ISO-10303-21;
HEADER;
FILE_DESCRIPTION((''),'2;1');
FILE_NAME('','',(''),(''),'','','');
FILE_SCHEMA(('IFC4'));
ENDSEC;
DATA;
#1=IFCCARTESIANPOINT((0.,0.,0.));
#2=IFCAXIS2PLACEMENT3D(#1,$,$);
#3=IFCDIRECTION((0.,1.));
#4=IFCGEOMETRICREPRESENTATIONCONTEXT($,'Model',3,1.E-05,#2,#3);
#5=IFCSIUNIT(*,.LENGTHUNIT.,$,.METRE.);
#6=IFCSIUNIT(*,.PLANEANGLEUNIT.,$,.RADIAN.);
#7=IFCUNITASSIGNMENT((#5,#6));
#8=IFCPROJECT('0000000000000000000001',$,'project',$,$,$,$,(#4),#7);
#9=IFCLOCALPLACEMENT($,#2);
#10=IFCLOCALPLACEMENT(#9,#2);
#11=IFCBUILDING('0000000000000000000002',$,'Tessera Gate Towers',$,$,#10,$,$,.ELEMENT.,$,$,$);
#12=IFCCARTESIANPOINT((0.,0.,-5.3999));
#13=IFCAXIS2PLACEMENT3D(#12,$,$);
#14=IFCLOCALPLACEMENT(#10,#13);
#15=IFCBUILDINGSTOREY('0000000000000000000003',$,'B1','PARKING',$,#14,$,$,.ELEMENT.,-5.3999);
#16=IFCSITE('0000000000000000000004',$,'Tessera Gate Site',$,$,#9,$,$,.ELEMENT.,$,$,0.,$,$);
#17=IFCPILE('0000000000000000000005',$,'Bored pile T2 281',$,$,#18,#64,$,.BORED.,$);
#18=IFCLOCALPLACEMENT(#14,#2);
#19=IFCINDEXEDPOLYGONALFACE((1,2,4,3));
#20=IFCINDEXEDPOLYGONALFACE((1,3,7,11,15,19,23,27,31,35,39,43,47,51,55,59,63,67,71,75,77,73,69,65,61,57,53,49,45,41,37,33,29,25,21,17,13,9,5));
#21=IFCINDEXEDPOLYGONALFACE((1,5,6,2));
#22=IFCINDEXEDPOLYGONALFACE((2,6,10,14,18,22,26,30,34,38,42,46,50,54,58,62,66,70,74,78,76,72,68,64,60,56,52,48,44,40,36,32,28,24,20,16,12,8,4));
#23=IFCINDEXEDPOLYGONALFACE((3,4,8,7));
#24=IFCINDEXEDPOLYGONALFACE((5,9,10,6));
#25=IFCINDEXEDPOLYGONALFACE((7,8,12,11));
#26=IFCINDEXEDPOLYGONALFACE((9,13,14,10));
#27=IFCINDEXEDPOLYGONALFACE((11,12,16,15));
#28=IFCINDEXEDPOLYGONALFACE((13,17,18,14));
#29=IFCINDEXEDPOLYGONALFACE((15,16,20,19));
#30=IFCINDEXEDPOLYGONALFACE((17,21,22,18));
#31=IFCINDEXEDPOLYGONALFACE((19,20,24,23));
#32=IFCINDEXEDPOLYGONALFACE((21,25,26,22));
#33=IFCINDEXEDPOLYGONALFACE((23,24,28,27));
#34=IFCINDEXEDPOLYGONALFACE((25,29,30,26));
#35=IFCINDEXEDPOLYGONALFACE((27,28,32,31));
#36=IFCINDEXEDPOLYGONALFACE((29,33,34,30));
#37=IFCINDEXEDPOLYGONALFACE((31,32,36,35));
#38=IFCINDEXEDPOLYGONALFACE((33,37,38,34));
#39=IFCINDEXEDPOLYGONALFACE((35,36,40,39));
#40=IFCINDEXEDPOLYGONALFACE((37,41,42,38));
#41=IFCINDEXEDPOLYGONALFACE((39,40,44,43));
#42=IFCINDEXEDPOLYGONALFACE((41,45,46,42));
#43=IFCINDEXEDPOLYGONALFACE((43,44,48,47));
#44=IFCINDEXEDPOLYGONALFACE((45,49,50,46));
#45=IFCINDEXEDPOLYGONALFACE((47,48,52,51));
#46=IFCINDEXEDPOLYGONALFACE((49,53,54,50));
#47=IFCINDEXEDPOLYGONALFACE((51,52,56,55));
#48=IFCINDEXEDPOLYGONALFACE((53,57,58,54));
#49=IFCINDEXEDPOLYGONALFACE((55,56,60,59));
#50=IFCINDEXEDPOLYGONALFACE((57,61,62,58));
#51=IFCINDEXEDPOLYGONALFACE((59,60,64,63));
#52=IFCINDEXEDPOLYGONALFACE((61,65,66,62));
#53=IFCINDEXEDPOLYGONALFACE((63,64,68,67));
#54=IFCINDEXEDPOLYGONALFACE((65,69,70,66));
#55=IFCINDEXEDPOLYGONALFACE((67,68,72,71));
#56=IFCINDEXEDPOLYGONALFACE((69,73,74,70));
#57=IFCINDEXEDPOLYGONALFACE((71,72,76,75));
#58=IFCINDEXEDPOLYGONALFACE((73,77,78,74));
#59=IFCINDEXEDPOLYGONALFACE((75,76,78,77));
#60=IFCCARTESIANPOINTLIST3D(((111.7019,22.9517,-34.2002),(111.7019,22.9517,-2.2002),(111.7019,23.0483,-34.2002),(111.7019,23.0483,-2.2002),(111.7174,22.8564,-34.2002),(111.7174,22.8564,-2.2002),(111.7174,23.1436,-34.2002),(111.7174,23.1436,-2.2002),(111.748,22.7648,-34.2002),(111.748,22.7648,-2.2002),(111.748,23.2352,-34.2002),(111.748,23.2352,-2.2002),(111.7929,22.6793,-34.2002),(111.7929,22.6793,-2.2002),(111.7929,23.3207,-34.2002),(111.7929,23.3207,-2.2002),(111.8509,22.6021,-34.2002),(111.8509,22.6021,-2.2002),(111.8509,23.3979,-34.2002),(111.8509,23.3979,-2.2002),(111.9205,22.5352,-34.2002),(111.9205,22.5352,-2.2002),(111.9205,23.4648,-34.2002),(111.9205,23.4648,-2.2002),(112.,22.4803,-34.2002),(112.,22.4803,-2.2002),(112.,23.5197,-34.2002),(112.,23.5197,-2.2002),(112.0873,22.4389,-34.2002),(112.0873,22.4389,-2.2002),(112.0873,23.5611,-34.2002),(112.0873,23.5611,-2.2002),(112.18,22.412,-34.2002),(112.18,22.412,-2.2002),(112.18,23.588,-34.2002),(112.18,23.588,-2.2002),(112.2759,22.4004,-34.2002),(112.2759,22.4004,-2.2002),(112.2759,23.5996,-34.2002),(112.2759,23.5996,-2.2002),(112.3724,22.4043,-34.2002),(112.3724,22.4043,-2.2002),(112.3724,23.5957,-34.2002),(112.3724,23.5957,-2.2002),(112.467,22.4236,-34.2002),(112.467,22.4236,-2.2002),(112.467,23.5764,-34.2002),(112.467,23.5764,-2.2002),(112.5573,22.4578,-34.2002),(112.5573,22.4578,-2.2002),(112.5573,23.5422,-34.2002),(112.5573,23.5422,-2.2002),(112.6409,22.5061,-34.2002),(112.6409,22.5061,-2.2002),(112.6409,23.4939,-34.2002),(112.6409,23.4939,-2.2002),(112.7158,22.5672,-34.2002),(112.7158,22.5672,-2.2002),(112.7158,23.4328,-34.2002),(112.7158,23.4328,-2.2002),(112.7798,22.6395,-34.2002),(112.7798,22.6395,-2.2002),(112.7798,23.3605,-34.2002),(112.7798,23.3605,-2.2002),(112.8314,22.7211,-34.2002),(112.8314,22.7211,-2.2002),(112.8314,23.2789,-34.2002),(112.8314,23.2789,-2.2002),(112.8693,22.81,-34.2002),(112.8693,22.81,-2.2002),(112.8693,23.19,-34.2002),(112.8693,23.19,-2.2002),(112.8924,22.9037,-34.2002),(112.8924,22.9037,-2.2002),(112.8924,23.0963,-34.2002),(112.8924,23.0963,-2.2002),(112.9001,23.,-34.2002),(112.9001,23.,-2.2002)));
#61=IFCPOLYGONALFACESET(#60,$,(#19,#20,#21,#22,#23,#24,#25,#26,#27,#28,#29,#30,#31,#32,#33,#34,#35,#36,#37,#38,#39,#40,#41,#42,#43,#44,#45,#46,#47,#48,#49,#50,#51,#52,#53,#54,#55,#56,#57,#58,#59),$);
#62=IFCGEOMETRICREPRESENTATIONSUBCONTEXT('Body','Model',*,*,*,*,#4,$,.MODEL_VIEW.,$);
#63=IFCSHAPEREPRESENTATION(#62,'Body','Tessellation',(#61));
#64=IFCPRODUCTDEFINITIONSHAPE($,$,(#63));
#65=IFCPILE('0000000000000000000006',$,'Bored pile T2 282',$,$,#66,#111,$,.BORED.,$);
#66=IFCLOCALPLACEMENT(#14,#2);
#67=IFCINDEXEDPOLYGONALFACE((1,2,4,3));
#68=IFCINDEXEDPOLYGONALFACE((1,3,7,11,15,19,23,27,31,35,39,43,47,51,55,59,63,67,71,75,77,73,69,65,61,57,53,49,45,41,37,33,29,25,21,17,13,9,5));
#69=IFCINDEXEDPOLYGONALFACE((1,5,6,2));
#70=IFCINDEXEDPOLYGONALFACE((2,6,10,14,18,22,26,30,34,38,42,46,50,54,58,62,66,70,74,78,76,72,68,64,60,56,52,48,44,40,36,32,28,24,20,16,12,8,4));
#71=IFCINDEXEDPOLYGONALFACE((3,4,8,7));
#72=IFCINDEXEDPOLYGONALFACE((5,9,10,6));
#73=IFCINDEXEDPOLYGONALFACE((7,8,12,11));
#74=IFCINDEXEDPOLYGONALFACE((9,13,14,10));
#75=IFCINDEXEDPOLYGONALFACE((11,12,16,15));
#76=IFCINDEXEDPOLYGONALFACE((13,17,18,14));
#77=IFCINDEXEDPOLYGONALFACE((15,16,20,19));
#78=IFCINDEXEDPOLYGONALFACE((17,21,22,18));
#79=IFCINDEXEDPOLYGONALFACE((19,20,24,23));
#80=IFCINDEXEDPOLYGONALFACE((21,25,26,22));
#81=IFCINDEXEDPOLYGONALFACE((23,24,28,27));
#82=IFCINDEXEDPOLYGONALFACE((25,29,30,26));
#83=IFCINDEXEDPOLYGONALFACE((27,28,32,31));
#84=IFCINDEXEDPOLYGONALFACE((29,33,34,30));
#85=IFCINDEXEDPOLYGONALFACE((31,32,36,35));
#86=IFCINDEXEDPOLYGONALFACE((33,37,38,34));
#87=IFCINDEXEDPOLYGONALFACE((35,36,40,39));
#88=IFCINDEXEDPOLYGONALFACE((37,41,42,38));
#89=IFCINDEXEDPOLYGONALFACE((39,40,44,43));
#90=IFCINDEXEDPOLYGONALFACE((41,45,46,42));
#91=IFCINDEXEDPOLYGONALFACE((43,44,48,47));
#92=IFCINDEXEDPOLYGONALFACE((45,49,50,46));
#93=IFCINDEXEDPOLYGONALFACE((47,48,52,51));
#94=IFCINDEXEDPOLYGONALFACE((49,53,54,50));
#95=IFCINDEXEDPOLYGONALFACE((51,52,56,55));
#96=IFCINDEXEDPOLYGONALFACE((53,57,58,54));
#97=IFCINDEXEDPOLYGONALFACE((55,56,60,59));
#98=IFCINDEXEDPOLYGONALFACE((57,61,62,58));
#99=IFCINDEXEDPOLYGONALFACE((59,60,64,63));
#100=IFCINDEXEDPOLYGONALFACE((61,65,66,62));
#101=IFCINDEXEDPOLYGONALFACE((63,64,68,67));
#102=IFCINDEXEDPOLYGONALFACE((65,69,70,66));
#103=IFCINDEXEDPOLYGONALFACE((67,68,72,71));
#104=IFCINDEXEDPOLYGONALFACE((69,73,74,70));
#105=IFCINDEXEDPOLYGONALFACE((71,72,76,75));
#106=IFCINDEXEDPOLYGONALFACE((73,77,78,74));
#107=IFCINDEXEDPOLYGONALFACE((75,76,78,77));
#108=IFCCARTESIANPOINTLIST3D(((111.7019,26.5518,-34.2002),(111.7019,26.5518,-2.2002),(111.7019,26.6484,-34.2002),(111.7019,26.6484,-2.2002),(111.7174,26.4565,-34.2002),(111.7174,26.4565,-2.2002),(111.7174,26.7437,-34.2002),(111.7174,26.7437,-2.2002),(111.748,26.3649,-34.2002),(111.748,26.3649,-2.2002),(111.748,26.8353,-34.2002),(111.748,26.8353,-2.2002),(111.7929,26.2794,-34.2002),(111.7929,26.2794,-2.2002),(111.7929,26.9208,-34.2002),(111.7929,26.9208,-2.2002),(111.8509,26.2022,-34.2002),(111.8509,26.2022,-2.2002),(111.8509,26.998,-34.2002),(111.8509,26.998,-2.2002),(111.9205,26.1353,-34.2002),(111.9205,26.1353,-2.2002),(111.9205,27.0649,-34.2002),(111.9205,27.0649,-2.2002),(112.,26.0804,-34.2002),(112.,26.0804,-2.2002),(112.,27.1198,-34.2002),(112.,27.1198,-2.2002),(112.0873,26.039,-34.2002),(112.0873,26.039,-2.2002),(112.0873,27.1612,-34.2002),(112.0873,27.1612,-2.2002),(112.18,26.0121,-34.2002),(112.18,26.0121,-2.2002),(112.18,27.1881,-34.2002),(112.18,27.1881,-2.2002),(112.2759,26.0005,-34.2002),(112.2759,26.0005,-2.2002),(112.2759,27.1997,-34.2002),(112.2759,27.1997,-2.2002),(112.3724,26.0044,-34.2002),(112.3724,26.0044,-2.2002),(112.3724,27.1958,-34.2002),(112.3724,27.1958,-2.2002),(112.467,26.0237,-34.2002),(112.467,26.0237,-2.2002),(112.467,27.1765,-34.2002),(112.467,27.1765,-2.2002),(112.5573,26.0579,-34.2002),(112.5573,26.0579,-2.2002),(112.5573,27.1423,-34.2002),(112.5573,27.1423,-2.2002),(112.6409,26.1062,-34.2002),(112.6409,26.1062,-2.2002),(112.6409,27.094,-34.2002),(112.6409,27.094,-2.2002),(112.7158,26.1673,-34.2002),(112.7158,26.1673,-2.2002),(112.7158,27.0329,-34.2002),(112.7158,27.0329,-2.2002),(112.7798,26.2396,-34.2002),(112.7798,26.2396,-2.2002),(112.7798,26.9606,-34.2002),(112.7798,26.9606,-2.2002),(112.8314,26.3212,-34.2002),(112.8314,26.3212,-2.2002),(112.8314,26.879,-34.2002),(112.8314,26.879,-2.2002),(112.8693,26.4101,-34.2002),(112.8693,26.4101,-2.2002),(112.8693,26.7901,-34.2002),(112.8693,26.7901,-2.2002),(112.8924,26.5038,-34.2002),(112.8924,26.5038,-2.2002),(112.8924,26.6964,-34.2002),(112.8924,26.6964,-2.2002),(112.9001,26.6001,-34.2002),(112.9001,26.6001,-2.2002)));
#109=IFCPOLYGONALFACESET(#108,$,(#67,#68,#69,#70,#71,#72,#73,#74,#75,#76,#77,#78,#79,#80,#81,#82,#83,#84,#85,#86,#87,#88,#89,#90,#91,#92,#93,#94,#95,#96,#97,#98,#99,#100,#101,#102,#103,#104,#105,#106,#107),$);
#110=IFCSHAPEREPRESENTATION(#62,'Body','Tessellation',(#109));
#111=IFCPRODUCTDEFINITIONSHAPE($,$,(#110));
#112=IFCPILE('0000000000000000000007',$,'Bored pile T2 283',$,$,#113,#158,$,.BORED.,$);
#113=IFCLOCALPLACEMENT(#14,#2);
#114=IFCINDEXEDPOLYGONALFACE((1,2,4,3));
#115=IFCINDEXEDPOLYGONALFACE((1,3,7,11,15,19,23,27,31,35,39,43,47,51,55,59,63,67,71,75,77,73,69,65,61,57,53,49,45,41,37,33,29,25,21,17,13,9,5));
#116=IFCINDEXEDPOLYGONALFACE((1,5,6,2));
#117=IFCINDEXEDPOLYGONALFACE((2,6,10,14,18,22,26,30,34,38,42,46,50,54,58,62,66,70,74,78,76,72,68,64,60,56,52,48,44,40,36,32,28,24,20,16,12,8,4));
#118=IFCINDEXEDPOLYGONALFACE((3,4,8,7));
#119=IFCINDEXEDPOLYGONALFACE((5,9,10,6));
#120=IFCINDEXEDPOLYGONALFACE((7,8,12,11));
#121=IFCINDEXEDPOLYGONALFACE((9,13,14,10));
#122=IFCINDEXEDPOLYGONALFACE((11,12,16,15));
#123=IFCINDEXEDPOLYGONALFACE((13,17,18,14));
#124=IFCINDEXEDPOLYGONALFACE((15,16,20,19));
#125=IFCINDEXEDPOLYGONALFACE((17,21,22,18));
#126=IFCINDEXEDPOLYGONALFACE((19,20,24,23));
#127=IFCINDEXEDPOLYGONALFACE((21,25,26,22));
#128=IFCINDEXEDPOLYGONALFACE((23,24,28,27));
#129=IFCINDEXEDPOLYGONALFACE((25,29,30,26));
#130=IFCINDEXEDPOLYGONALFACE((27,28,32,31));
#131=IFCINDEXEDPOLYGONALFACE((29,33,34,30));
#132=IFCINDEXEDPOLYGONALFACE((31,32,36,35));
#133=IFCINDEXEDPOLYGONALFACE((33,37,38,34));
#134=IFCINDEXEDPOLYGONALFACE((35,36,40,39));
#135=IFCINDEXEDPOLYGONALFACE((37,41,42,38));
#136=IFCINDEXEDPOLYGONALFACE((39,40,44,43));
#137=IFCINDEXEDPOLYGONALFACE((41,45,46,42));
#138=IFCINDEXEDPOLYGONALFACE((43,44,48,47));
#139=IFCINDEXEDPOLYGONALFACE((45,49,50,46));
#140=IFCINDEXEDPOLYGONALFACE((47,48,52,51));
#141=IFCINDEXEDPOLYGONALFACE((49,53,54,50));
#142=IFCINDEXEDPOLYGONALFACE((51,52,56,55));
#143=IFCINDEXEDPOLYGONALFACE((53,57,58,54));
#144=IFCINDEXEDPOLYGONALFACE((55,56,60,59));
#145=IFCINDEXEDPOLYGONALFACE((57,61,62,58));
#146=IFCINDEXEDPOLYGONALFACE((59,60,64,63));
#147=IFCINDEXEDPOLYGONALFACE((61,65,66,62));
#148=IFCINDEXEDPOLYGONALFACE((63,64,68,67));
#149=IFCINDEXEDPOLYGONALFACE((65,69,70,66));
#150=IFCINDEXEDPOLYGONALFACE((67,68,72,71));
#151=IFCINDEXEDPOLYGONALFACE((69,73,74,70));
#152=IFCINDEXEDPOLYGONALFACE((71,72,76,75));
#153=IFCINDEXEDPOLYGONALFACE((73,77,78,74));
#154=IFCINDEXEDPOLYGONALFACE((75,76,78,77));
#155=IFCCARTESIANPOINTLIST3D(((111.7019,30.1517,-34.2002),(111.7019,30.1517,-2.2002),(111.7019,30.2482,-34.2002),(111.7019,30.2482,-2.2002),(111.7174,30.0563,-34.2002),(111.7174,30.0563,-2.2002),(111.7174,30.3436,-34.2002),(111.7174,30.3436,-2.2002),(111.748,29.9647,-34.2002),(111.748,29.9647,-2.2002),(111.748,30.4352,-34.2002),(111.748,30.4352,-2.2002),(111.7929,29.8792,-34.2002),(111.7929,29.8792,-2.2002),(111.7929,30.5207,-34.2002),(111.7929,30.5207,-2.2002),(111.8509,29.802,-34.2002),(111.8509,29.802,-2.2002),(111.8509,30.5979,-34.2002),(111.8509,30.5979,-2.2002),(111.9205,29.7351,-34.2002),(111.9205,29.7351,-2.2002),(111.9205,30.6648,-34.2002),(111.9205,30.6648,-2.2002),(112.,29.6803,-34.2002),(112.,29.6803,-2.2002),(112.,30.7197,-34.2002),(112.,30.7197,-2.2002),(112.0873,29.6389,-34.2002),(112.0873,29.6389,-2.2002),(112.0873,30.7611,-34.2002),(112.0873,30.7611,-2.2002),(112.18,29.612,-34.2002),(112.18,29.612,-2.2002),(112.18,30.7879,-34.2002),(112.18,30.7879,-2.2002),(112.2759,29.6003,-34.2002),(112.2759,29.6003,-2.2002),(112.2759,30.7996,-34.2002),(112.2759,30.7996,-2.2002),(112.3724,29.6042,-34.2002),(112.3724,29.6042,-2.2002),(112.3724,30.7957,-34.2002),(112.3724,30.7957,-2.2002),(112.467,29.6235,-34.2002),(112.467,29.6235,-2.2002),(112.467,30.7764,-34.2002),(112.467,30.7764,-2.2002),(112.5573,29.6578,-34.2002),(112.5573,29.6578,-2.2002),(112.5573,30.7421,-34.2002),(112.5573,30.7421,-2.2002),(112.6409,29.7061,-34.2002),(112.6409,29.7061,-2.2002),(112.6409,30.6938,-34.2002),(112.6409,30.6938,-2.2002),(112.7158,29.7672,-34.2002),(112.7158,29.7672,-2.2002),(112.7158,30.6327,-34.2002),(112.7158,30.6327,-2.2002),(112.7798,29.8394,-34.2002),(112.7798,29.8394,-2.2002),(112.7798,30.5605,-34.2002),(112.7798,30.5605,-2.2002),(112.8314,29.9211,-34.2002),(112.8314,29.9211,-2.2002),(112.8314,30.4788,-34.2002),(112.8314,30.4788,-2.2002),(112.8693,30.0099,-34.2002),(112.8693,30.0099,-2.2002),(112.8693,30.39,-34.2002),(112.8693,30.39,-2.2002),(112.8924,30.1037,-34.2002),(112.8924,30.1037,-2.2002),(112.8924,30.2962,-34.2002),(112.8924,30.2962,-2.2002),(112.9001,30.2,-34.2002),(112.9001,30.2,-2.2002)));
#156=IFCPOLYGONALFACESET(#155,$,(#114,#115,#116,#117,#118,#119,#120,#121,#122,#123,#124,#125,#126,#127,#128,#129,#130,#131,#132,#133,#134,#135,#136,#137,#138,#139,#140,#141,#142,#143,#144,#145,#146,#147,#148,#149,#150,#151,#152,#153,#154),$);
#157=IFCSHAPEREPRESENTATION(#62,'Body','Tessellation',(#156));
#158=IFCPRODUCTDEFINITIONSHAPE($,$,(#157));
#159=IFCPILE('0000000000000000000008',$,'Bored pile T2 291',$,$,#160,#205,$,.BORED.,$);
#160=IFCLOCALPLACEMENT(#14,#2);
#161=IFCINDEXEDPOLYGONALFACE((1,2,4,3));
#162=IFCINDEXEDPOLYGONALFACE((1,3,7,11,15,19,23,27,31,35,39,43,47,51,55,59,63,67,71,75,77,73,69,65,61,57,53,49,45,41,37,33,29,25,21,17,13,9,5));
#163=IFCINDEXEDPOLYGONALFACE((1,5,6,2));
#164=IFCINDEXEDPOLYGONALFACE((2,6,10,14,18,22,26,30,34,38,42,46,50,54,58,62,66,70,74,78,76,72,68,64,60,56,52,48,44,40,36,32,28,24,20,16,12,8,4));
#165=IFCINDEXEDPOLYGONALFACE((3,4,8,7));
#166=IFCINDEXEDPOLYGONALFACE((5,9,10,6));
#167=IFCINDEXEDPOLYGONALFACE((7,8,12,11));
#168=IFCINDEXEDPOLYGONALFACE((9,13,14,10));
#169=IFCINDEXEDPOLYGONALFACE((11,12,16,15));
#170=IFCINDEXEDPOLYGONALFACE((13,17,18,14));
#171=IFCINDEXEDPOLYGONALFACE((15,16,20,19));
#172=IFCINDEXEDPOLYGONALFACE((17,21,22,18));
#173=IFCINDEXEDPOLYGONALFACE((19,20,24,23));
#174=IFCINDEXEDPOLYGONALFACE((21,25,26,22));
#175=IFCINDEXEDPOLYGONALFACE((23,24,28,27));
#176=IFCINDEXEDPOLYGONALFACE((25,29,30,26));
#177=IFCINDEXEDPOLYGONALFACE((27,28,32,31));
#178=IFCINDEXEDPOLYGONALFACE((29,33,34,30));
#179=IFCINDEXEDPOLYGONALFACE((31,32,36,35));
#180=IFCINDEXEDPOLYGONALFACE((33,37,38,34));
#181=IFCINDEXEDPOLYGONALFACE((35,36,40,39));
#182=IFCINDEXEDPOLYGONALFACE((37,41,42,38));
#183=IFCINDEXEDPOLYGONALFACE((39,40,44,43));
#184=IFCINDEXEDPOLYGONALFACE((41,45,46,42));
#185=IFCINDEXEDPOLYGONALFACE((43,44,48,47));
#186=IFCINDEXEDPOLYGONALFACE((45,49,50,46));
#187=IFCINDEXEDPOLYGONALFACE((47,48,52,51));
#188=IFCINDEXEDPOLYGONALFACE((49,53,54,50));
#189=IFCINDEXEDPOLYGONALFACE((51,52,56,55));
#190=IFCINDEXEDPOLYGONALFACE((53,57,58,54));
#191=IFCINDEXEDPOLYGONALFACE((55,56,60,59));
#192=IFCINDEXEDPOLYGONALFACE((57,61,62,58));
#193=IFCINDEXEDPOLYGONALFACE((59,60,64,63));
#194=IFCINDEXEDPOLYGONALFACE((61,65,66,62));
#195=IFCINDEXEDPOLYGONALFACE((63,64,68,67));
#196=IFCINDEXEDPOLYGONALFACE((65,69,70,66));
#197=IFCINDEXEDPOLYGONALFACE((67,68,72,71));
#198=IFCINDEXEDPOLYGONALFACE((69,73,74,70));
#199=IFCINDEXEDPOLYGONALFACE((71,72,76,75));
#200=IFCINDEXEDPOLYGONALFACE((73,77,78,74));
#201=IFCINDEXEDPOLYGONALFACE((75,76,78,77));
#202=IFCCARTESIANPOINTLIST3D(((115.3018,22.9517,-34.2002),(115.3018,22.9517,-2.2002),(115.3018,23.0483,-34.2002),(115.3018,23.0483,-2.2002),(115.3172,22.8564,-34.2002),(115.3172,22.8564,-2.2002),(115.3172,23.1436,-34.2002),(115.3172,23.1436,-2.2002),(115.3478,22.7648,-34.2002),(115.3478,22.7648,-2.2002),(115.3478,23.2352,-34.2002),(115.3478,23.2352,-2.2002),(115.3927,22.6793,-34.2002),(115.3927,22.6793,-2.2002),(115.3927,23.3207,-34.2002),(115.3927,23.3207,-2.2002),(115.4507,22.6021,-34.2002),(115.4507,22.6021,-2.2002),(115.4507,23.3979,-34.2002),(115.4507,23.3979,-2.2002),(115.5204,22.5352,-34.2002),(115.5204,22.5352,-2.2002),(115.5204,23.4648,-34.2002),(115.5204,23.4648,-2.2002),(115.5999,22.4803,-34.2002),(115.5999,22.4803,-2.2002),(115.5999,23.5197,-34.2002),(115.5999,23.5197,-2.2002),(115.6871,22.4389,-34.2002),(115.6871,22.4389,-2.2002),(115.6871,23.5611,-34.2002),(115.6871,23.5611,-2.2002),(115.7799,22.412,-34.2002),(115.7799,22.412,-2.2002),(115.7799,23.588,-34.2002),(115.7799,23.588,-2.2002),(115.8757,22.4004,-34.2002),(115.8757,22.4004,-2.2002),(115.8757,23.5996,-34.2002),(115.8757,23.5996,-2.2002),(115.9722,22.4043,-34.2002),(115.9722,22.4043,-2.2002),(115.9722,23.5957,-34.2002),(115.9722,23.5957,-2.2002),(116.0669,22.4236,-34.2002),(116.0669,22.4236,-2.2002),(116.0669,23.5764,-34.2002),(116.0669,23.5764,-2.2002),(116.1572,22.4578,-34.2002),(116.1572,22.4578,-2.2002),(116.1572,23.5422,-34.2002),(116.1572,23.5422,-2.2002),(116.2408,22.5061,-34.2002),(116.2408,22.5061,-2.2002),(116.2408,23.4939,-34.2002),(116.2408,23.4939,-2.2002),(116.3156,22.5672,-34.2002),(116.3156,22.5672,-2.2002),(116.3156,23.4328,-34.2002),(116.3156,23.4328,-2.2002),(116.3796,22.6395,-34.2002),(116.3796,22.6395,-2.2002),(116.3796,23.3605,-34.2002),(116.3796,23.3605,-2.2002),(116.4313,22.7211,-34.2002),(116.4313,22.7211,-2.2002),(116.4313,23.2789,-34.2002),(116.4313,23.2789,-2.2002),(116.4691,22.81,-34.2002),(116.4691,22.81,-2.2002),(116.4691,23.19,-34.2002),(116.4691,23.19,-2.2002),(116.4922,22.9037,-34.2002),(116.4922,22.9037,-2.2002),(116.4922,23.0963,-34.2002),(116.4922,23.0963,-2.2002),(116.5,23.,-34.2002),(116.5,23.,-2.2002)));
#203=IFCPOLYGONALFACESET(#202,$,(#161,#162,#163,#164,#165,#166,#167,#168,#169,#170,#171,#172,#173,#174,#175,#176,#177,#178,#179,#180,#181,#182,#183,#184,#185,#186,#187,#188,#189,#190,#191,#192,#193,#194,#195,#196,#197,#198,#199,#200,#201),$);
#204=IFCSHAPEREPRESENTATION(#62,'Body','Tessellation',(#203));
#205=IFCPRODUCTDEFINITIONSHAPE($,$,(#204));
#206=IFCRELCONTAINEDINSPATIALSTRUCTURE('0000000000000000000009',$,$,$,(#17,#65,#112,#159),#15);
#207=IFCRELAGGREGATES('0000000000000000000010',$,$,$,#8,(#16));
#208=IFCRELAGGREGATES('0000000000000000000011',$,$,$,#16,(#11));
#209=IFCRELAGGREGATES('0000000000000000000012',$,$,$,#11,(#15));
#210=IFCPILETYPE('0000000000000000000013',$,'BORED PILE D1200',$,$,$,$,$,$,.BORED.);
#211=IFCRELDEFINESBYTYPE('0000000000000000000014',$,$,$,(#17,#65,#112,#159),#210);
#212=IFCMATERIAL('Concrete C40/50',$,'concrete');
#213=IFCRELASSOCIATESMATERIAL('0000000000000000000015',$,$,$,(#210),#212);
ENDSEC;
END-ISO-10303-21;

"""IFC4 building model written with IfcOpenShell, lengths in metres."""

from ifc_helpers import new_model, si_unit, direction, frame, origin, origin_2d, place, context, subcontext, project, spatial, circle, extrude, material, material_profile, profile_set, type_object, element, save


model = new_model("IFC4")

# Units and contexts
model_context = context("Model", 3, precision=1e-05, world=origin(), true_north=direction((0.0, 1.0)))
body_context = subcontext(model_context, "Body", "Model", "MODEL_VIEW")
ifc_project = project(units=[si_unit("LENGTHUNIT", "METRE"), si_unit("PLANEANGLEUNIT", "RADIAN")], contexts=[model_context])

# Site, building, storey
site_placement = place(None, origin())
site = spatial("IfcSite", under=ifc_project, at=site_placement, Name="Tessera Gate Site", CompositionType="ELEMENT", RefElevation=0.0)
building_placement = place(site_placement, origin())
building = spatial("IfcBuilding", under=site, at=building_placement, Name="Tessera Gate Towers", CompositionType="ELEMENT")
storey_placement = place(building_placement, frame((0.0, 0.0, -5.3999)))
storey = spatial("IfcBuildingStorey", under=building, at=storey_placement, Name="B1", Description="PARKING", CompositionType="ELEMENT", Elevation=-5.3999)

# Piles
ifc_material_1 = material(Name="Concrete C40/50", Category="concrete")
ifc_material_profile_1 = material_profile(ifc_material_1, circle(Radius=0.6001, at=origin_2d()), Name="BORED PILE D1200")
ifc_profile_set_1 = profile_set([ifc_material_profile_1], Name="Concrete C40/50")
pile_type = type_object("IfcPileType", Name="BORED PILE D1200", PredefinedType="BORED", material=ifc_profile_set_1)
for number, where, z_axis, x_axis, name in (
    (1, (112.3, 23.0, -2.2002), (0.0, 0.0, -1.0), (1.0, 0.0, 0.0), "Bored pile T2 281"),
    (2, (112.3, 26.6001, -2.2002), (0.0, 0.0, -1.0), (1.0, 0.0, 0.0), "Bored pile T2 282"),
    (3, (112.3, 30.2, -2.2002), (0.0, 0.0, -1.0), (1.0, 0.0, 0.0), "Bored pile T2 283"),
    (4, (115.8999, 23.0, -2.2002), (0.0, 0.0, -1.0), (1.0, 0.0, 0.0), "Bored pile T2 291"),
):
    element("IfcPile", number, at=place(storey_placement, frame(where, z_axis=z_axis, x_axis=x_axis)), inside=storey, type_object=pile_type, Name=name, PredefinedType="BORED", context=body_context, shape_type="SweptSolid", body=[
        extrude(circle(Radius=0.6001, at=origin_2d()), origin(), (0.0, 0.0, 1.0), 32.0),
    ])

save(model, "model.ifc")
